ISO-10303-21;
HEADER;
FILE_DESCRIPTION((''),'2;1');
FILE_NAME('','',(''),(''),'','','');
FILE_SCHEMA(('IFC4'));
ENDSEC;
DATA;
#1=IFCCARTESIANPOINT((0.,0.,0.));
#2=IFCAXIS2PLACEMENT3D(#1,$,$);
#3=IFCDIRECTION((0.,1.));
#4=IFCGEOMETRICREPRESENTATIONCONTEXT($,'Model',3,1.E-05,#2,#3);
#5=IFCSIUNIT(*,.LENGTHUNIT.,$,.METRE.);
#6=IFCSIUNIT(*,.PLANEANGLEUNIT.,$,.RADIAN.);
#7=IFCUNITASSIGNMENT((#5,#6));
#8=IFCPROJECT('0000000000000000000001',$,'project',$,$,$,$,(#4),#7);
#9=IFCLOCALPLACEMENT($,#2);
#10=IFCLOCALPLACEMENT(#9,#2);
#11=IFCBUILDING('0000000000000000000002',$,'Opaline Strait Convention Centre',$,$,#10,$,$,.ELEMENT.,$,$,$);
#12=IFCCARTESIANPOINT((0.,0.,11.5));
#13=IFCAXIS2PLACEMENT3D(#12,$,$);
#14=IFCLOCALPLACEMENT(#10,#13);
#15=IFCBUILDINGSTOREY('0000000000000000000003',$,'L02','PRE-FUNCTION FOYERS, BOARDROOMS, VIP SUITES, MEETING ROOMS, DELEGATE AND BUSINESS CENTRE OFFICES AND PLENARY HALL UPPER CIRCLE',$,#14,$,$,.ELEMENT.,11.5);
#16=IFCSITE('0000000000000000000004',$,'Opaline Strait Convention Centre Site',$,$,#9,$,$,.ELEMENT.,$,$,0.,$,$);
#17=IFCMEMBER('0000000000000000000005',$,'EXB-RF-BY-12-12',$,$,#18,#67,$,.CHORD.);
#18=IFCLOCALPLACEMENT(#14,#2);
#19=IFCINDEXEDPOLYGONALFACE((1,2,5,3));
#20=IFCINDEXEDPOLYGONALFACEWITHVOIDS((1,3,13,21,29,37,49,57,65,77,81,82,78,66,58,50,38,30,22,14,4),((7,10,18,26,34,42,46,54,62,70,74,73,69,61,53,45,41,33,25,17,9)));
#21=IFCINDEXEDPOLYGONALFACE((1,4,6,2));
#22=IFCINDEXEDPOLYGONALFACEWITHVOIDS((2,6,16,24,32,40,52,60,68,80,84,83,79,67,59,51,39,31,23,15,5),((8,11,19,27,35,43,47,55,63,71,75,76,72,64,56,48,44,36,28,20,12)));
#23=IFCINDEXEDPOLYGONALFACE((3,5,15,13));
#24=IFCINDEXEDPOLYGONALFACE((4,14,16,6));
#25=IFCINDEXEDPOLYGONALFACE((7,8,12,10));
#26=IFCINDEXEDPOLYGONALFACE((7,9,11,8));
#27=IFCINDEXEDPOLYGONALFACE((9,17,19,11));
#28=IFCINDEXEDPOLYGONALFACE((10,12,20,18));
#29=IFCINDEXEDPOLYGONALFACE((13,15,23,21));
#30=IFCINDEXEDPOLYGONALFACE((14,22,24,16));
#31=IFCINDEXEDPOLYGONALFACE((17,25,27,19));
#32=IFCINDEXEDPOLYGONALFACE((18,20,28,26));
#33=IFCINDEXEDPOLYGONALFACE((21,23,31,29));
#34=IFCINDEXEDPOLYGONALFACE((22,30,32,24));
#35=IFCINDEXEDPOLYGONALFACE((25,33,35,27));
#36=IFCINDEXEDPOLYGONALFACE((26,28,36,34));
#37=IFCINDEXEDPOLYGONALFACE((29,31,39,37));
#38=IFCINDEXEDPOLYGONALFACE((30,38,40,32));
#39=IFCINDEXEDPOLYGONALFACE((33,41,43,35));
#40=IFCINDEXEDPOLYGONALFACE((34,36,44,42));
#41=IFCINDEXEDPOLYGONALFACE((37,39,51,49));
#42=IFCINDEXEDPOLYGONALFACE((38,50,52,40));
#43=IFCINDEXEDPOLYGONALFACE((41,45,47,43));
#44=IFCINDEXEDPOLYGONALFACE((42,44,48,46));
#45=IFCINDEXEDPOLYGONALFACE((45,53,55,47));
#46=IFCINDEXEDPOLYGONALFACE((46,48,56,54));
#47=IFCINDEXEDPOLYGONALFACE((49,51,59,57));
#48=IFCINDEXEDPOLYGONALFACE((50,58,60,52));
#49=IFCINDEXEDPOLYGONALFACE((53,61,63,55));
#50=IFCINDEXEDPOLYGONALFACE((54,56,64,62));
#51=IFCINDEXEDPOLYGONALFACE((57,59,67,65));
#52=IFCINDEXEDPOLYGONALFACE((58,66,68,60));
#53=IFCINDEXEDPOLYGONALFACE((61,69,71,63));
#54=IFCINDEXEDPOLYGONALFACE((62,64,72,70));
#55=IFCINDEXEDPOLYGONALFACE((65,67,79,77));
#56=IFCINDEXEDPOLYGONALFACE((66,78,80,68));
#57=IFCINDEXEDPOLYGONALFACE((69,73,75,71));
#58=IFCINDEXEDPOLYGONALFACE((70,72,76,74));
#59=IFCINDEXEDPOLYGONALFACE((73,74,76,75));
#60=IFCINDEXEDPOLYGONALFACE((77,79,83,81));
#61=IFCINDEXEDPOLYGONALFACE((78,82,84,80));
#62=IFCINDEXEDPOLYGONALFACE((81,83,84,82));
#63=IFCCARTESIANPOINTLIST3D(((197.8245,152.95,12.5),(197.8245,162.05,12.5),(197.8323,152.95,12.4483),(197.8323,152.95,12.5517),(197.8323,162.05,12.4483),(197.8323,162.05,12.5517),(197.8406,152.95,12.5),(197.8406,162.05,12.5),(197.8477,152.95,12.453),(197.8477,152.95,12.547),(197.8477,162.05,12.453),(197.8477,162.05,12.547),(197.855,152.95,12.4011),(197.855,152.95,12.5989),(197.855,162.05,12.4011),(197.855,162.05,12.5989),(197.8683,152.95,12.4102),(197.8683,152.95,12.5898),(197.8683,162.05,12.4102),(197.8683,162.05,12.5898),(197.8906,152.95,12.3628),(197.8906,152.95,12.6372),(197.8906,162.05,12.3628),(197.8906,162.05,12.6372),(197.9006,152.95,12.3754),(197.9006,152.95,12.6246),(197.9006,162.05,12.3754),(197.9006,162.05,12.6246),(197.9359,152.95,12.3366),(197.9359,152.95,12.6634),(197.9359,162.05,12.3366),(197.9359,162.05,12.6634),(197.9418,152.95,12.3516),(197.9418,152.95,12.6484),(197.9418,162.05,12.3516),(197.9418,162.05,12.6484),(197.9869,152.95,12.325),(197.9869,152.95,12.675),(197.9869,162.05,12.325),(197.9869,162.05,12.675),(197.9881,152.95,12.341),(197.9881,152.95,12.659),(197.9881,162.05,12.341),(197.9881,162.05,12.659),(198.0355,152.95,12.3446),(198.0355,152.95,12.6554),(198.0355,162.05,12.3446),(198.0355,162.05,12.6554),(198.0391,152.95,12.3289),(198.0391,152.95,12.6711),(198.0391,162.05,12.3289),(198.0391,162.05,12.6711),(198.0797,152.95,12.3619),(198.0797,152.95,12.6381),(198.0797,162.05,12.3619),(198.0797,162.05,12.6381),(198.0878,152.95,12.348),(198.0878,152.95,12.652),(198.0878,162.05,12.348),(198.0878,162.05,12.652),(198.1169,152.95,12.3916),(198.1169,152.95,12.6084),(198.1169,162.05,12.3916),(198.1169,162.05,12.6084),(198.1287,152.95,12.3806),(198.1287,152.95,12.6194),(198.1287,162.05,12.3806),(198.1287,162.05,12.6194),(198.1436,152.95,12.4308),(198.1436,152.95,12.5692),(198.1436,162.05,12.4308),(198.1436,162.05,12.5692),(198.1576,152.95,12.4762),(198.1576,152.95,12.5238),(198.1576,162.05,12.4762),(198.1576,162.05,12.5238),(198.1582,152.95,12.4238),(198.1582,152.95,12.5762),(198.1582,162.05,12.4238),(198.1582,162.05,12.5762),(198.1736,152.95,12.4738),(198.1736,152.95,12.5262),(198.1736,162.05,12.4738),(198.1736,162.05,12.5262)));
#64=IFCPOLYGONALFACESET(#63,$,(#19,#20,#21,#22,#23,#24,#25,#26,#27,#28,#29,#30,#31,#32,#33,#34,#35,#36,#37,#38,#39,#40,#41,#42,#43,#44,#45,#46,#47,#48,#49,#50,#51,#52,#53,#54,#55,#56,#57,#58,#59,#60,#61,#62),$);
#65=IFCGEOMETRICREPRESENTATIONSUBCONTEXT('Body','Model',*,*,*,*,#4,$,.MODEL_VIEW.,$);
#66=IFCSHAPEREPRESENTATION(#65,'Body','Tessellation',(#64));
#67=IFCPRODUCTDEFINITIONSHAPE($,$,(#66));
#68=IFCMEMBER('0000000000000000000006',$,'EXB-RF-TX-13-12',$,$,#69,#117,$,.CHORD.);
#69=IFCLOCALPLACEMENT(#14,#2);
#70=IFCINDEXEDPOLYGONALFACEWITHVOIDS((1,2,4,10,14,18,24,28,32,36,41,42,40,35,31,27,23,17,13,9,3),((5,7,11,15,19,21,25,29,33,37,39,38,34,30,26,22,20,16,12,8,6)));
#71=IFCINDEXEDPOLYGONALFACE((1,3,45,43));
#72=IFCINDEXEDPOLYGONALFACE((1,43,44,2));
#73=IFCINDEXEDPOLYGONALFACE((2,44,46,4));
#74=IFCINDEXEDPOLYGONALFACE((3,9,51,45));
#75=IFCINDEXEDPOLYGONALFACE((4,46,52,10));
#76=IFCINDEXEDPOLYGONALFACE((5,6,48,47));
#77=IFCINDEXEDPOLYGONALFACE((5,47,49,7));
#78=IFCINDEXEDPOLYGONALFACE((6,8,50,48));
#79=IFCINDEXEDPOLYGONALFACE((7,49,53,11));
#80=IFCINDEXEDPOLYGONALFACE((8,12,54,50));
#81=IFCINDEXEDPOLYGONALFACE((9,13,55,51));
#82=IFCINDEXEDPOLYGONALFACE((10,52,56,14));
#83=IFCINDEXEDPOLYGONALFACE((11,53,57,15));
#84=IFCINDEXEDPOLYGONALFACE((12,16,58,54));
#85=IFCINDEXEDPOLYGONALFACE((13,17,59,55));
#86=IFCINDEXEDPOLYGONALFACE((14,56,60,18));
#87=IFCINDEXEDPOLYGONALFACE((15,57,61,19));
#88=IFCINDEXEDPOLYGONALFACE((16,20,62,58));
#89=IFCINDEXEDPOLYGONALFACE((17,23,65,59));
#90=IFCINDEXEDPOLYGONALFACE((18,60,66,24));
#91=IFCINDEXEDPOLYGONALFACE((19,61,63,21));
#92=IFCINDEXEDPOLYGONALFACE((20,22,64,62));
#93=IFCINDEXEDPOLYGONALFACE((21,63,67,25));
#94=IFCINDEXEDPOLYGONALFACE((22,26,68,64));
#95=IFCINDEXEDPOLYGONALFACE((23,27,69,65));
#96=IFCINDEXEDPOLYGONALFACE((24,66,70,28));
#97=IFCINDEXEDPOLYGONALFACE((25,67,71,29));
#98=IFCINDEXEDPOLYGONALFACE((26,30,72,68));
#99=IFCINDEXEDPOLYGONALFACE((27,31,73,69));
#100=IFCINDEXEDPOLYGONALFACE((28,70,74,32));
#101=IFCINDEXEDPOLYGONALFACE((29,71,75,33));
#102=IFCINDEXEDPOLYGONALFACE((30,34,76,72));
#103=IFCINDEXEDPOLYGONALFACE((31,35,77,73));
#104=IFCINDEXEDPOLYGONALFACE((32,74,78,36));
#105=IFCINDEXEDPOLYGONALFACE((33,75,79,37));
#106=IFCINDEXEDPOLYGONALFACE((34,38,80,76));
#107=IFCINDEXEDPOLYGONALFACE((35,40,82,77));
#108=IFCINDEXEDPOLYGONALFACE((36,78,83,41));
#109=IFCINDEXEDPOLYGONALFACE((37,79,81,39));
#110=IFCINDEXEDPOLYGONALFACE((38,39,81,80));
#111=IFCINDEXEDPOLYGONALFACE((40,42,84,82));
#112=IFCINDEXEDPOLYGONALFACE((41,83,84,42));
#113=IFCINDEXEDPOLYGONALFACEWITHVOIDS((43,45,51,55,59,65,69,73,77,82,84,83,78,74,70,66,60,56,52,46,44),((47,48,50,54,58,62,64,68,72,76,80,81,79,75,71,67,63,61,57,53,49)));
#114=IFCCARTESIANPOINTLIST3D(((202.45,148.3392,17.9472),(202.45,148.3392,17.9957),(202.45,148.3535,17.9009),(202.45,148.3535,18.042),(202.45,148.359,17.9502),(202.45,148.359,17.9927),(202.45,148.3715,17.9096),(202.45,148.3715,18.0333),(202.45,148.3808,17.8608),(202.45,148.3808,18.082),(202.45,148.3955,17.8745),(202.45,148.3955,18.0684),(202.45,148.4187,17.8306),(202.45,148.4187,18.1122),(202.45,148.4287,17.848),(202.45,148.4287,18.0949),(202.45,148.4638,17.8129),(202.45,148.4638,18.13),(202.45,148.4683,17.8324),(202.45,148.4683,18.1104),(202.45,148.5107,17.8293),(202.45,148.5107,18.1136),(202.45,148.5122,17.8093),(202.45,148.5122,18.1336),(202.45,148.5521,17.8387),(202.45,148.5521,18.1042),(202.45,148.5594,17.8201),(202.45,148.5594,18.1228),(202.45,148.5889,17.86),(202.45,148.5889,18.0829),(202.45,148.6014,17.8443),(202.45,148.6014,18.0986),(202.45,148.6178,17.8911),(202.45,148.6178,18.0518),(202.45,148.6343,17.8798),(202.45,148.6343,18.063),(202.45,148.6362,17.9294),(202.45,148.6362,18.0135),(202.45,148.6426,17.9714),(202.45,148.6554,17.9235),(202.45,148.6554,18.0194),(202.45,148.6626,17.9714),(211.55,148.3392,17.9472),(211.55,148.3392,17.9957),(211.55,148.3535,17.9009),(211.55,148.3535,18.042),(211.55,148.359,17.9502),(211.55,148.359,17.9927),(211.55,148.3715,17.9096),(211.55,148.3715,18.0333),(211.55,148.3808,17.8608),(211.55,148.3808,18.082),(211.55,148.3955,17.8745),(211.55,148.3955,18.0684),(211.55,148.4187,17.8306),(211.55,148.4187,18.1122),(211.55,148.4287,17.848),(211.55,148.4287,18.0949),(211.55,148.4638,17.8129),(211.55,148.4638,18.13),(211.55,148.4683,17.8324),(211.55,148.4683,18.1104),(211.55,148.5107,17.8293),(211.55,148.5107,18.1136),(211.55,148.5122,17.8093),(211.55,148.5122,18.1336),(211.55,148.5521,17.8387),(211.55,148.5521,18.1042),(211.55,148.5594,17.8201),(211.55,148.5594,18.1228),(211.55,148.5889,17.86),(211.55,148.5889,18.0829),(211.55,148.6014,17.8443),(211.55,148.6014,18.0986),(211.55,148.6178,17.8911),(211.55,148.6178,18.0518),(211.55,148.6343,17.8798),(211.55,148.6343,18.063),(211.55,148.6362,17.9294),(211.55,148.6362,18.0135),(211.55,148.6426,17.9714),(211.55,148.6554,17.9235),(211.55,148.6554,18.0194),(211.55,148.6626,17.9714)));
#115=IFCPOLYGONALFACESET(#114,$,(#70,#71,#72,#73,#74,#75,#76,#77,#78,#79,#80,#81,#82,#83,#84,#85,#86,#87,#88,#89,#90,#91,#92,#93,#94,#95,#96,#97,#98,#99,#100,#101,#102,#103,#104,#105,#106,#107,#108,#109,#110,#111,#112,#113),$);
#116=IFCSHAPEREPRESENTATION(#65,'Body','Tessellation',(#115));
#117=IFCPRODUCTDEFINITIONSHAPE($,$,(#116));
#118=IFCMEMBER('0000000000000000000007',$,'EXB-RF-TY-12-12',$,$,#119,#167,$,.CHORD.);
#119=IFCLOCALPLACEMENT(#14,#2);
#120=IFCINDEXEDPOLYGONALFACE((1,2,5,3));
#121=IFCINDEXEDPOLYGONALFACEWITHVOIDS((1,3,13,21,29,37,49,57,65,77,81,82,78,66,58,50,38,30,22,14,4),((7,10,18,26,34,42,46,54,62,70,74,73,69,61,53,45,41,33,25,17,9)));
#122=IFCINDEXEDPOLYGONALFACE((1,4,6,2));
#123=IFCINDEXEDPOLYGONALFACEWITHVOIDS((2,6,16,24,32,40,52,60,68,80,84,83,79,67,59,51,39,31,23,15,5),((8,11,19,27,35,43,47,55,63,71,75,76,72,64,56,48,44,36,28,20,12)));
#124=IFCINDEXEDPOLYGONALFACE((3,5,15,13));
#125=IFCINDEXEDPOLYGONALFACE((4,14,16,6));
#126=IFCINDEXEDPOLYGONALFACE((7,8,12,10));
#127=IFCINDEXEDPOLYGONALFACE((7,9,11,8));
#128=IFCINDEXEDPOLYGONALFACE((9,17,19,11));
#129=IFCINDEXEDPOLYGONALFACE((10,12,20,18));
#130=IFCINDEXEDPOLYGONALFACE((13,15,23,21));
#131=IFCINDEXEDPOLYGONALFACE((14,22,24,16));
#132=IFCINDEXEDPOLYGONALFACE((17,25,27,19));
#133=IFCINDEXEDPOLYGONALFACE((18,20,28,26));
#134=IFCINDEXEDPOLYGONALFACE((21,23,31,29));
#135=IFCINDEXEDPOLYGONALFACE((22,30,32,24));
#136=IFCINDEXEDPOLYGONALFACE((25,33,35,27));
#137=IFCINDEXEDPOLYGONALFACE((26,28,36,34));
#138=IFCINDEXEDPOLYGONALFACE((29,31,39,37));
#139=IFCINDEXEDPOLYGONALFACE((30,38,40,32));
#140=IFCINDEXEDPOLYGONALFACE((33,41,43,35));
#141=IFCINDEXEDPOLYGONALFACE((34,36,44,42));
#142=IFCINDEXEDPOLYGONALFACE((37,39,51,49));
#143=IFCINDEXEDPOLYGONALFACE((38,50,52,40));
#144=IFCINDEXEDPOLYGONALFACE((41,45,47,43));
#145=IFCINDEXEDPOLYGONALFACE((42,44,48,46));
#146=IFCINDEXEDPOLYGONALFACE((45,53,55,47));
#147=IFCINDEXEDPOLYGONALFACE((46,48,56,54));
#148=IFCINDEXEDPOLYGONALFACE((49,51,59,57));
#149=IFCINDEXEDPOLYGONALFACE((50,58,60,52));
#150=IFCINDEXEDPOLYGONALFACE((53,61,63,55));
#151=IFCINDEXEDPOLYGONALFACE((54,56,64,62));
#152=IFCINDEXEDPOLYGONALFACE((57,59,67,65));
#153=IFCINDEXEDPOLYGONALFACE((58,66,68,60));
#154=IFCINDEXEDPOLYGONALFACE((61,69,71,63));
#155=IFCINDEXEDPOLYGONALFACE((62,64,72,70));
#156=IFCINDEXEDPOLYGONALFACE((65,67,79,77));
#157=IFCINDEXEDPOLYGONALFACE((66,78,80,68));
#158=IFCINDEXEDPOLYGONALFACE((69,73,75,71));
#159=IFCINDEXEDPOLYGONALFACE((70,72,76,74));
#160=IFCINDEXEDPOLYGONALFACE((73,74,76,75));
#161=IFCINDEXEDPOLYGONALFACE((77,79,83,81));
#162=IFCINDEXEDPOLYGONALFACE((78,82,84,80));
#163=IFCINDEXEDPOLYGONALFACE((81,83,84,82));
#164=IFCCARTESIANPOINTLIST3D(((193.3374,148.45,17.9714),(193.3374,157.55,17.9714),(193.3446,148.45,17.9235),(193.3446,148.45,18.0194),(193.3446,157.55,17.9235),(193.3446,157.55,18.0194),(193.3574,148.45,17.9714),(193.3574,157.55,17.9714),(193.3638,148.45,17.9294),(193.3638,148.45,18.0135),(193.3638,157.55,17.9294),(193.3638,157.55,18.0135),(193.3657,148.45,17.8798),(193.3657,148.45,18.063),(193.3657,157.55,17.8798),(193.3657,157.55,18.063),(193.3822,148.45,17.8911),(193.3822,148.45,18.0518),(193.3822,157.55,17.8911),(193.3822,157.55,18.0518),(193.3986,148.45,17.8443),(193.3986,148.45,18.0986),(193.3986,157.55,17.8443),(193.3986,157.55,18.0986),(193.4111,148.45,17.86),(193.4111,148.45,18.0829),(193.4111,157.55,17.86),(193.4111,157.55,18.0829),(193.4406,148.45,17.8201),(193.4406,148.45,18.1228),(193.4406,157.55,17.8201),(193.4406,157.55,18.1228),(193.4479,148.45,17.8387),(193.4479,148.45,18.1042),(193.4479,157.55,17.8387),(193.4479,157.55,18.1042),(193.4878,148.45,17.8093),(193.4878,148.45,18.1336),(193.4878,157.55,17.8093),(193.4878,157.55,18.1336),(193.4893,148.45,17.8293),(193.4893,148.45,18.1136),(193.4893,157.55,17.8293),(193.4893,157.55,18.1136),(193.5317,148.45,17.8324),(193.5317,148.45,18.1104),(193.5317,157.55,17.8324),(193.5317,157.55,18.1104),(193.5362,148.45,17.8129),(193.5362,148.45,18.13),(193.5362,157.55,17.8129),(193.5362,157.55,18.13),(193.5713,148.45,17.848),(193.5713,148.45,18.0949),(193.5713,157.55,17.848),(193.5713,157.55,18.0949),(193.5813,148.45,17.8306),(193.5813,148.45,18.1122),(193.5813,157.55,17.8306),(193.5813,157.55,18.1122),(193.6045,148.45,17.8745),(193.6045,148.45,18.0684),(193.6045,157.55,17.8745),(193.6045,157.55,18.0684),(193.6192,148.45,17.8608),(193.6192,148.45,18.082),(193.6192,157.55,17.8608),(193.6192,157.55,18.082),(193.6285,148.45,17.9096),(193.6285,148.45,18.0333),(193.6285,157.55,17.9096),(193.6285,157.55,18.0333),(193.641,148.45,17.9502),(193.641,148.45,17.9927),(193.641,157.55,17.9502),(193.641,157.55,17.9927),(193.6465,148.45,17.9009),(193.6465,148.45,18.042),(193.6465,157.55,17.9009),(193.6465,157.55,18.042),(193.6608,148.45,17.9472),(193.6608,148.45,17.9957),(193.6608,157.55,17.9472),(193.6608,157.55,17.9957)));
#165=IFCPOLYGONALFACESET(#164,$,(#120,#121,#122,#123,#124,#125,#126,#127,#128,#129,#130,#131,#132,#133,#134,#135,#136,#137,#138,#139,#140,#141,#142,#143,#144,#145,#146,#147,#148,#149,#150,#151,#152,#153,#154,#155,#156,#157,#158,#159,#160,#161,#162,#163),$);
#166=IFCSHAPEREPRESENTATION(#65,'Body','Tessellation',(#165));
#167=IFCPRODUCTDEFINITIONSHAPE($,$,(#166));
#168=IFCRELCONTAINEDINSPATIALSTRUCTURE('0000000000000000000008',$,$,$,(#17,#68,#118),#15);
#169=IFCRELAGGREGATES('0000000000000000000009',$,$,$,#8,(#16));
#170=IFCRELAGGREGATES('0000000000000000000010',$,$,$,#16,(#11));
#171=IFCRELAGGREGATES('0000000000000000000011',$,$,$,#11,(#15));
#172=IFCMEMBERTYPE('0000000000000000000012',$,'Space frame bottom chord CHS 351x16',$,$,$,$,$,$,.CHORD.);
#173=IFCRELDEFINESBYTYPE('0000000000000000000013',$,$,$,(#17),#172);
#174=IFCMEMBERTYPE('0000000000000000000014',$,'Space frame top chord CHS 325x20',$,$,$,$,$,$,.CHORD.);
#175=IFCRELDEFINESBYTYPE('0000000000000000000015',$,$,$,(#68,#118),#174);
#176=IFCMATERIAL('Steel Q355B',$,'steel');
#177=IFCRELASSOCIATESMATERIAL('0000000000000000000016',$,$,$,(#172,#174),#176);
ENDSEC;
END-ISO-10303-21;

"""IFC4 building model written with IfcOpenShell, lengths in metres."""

from ifc_helpers import new_model, si_unit, direction, frame, origin, origin_2d, place, context, subcontext, project, spatial, hollow_circle, extrude, material, material_profile, profile_set, type_object, element, save


model = new_model("IFC4")

# Units and contexts
model_context = context("Model", 3, precision=1e-05, world=origin(), true_north=direction((0.0, 1.0)))
body_context = subcontext(model_context, "Body", "Model", "MODEL_VIEW")
ifc_project = project(units=[si_unit("LENGTHUNIT", "METRE"), si_unit("PLANEANGLEUNIT", "RADIAN")], contexts=[model_context])

# Site, building, storey
site_placement = place(None, origin())
site = spatial("IfcSite", under=ifc_project, at=site_placement, Name="Opaline Strait Convention Centre Site", CompositionType="ELEMENT", RefElevation=0.0)
building_placement = place(site_placement, origin())
building = spatial("IfcBuilding", under=site, at=building_placement, Name="Opaline Strait Convention Centre", CompositionType="ELEMENT")
storey_placement = place(building_placement, frame((0.0, 0.0, 11.5)))
storey = spatial("IfcBuildingStorey", under=building, at=storey_placement, Name="L02", Description="PRE-FUNCTION FOYERS, BOARDROOMS, VIP SUITES, MEETING ROOMS, DELEGATE AND BUSINESS CENTRE OFFICES AND PLENARY HALL UPPER CIRCLE", CompositionType="ELEMENT", Elevation=11.5)

# Members
ifc_material_1 = material(Name="Steel Q355B", Category="steel")
ifc_material_profile_1 = material_profile(ifc_material_1, hollow_circle(Radius=0.1755, WallThickness=0.0161, at=origin_2d()), Name="CHS 351x16")
ifc_profile_set_1 = profile_set([ifc_material_profile_1], Name="Steel Q355B")
member_type_1 = type_object("IfcMemberType", Name="Space frame bottom chord CHS 351x16", PredefinedType="CHORD", material=ifc_profile_set_1)
for number, where, z_axis, x_axis, name in (
    (1, (198.0, 152.95, 12.5), (0.0, 1.0, 0.0), (-1.0, 0.0, 0.0), "EXB-RF-BY-12-12"),
):
    element("IfcMember", number, at=place(storey_placement, frame(where, z_axis=z_axis, x_axis=x_axis)), inside=storey, type_object=member_type_1, Name=name, PredefinedType="CHORD", context=body_context, shape_type="SweptSolid", body=[
        extrude(hollow_circle(Radius=0.1755, WallThickness=0.0161, at=origin_2d()), origin(), (0.0, 0.0, 1.0), 9.1001),
    ])
ifc_material_profile_2 = material_profile(ifc_material_1, hollow_circle(Radius=0.1626, WallThickness=0.02, at=origin_2d()), Name="CHS 325x20")
ifc_profile_set_2 = profile_set([ifc_material_profile_2], Name="Steel Q355B")
member_type_2 = type_object("IfcMemberType", Name="Space frame top chord CHS 325x20", PredefinedType="CHORD", material=ifc_profile_set_2)
for number, where, z_axis, x_axis, name in (
    (2, (202.45, 148.5, 17.9714), (1.0, 0.0, 0.0), (0.0, 1.0, 0.0), "EXB-RF-TX-13-12"),
    (3, (193.5, 148.45, 17.9714), (0.0, 1.0, 0.0), (-1.0, 0.0, 0.0), "EXB-RF-TY-12-12"),
):
    element("IfcMember", number, at=place(storey_placement, frame(where, z_axis=z_axis, x_axis=x_axis)), inside=storey, type_object=member_type_2, Name=name, PredefinedType="CHORD", context=body_context, shape_type="SweptSolid", body=[
        extrude(hollow_circle(Radius=0.1626, WallThickness=0.02, at=origin_2d()), origin(), (0.0, 0.0, 1.0), 9.1001),
    ])

save(model, "model.ifc")
